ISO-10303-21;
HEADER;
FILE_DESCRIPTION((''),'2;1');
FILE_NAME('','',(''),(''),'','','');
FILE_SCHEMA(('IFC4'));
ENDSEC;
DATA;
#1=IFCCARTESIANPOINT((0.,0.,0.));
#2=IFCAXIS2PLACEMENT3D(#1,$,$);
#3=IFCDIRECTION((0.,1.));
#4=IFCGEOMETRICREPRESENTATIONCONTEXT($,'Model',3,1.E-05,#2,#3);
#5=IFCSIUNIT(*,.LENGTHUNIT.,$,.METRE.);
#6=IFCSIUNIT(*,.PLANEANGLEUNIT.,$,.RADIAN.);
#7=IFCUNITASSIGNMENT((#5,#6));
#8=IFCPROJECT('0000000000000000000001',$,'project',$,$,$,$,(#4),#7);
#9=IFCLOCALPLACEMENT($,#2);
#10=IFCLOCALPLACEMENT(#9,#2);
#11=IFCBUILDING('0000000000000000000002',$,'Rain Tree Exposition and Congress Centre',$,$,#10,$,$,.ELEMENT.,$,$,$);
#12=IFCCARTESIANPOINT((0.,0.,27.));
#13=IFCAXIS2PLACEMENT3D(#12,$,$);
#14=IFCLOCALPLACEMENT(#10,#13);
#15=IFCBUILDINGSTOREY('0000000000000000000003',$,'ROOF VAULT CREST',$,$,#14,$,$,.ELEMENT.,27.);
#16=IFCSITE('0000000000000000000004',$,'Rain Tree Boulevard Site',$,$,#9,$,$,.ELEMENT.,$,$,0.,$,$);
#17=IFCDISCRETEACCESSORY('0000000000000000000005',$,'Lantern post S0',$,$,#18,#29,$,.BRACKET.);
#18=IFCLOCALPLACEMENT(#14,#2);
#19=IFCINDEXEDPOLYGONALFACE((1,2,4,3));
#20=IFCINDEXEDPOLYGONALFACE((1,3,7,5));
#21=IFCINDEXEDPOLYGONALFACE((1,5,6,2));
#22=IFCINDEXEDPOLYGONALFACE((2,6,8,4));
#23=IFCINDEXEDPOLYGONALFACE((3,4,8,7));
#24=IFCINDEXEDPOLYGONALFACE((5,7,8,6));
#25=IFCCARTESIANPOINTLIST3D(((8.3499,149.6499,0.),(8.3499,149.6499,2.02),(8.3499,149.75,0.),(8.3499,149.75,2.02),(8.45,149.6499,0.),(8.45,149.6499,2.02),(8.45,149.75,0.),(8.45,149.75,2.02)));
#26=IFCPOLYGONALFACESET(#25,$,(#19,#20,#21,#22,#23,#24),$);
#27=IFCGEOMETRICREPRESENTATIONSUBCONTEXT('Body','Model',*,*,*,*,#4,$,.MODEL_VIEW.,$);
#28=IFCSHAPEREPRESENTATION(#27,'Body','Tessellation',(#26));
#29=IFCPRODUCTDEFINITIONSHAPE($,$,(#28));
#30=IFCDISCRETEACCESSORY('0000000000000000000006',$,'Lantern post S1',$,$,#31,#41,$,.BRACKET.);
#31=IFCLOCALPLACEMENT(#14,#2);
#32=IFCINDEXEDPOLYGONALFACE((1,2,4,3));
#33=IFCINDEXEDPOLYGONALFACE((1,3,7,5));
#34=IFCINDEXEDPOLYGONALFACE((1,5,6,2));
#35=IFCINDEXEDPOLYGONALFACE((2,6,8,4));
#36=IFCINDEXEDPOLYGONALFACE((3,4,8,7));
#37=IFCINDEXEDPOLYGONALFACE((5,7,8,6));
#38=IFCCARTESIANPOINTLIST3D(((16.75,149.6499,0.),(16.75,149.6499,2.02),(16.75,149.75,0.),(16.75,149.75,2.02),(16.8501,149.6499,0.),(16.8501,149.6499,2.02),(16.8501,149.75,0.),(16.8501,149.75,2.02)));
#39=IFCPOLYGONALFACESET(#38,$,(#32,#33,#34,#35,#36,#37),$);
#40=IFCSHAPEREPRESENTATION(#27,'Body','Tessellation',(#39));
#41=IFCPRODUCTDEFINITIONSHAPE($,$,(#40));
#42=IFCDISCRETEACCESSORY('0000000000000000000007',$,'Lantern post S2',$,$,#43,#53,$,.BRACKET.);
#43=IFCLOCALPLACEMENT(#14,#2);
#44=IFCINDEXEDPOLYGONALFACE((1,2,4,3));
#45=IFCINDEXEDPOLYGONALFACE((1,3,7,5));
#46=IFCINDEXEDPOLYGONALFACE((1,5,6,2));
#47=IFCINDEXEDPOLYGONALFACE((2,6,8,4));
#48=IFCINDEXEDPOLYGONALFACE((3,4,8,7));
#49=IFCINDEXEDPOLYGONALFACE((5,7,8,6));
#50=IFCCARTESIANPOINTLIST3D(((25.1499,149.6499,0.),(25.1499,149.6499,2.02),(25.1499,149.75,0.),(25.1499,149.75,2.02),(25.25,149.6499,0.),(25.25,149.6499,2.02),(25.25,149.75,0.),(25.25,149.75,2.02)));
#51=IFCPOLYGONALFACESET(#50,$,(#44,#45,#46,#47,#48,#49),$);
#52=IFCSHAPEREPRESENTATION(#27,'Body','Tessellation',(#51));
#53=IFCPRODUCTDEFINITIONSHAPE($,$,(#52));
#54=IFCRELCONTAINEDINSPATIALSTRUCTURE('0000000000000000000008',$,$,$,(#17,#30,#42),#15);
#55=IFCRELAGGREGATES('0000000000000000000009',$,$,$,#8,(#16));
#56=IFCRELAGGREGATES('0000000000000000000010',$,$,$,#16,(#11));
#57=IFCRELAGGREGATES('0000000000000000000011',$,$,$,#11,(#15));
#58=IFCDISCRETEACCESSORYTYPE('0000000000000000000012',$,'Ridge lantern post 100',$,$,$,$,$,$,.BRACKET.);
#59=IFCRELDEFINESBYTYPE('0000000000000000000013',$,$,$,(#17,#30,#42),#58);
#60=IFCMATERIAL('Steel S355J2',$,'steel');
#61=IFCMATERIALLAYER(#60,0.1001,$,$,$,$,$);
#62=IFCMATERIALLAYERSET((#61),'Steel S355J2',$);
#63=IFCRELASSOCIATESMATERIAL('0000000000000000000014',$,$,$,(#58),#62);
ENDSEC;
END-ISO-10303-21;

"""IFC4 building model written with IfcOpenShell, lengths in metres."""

from ifc_helpers import new_model, si_unit, direction, frame, origin, origin_2d, place, context, subcontext, project, spatial, rectangle, extrude, material, layer, layer_set, type_object, element, save


model = new_model("IFC4")

# Units and contexts
model_context = context("Model", 3, precision=1e-05, world=origin(), true_north=direction((0.0, 1.0)))
body_context = subcontext(model_context, "Body", "Model", "MODEL_VIEW")
ifc_project = project(units=[si_unit("LENGTHUNIT", "METRE"), si_unit("PLANEANGLEUNIT", "RADIAN")], contexts=[model_context])

# Site, building, storey
site_placement = place(None, origin())
site = spatial("IfcSite", under=ifc_project, at=site_placement, Name="Rain Tree Boulevard Site", CompositionType="ELEMENT", RefElevation=0.0)
building_placement = place(site_placement, origin())
building = spatial("IfcBuilding", under=site, at=building_placement, Name="Rain Tree Exposition and Congress Centre", CompositionType="ELEMENT")
storey_placement = place(building_placement, frame((0.0, 0.0, 27.0)))
storey = spatial("IfcBuildingStorey", under=building, at=storey_placement, Name="ROOF VAULT CREST", CompositionType="ELEMENT", Elevation=27.0)

# Discrete accessories
ifc_material_1 = material(Name="Steel S355J2", Category="steel")
ifc_layer_1 = layer(ifc_material_1, 0.1001)
ifc_layer_set_1 = layer_set([ifc_layer_1], Name="Steel S355J2")
discrete_accessory_type = type_object("IfcDiscreteAccessoryType", Name="Ridge lantern post 100", PredefinedType="BRACKET", material=ifc_layer_set_1)
for number, where, z_axis, x_axis, name in (
    (1, (8.3999, 149.7, 0.0), (0.0, 0.0, 1.0), (1.0, 0.0, 0.0), "Lantern post S0"),
    (2, (16.8, 149.7, 0.0), (0.0, 0.0, 1.0), (1.0, 0.0, 0.0), "Lantern post S1"),
    (3, (25.2, 149.7, 0.0), (0.0, 0.0, 1.0), (1.0, 0.0, 0.0), "Lantern post S2"),
):
    element("IfcDiscreteAccessory", number, at=place(storey_placement, frame(where, z_axis=z_axis, x_axis=x_axis)), inside=storey, type_object=discrete_accessory_type, Name=name, PredefinedType="BRACKET", context=body_context, shape_type="SweptSolid", body=[
        extrude(rectangle(XDim=0.1001, YDim=0.1001, at=origin_2d()), origin(), (0.0, 0.0, 1.0), 2.02),
    ])

save(model, "model.ifc")
